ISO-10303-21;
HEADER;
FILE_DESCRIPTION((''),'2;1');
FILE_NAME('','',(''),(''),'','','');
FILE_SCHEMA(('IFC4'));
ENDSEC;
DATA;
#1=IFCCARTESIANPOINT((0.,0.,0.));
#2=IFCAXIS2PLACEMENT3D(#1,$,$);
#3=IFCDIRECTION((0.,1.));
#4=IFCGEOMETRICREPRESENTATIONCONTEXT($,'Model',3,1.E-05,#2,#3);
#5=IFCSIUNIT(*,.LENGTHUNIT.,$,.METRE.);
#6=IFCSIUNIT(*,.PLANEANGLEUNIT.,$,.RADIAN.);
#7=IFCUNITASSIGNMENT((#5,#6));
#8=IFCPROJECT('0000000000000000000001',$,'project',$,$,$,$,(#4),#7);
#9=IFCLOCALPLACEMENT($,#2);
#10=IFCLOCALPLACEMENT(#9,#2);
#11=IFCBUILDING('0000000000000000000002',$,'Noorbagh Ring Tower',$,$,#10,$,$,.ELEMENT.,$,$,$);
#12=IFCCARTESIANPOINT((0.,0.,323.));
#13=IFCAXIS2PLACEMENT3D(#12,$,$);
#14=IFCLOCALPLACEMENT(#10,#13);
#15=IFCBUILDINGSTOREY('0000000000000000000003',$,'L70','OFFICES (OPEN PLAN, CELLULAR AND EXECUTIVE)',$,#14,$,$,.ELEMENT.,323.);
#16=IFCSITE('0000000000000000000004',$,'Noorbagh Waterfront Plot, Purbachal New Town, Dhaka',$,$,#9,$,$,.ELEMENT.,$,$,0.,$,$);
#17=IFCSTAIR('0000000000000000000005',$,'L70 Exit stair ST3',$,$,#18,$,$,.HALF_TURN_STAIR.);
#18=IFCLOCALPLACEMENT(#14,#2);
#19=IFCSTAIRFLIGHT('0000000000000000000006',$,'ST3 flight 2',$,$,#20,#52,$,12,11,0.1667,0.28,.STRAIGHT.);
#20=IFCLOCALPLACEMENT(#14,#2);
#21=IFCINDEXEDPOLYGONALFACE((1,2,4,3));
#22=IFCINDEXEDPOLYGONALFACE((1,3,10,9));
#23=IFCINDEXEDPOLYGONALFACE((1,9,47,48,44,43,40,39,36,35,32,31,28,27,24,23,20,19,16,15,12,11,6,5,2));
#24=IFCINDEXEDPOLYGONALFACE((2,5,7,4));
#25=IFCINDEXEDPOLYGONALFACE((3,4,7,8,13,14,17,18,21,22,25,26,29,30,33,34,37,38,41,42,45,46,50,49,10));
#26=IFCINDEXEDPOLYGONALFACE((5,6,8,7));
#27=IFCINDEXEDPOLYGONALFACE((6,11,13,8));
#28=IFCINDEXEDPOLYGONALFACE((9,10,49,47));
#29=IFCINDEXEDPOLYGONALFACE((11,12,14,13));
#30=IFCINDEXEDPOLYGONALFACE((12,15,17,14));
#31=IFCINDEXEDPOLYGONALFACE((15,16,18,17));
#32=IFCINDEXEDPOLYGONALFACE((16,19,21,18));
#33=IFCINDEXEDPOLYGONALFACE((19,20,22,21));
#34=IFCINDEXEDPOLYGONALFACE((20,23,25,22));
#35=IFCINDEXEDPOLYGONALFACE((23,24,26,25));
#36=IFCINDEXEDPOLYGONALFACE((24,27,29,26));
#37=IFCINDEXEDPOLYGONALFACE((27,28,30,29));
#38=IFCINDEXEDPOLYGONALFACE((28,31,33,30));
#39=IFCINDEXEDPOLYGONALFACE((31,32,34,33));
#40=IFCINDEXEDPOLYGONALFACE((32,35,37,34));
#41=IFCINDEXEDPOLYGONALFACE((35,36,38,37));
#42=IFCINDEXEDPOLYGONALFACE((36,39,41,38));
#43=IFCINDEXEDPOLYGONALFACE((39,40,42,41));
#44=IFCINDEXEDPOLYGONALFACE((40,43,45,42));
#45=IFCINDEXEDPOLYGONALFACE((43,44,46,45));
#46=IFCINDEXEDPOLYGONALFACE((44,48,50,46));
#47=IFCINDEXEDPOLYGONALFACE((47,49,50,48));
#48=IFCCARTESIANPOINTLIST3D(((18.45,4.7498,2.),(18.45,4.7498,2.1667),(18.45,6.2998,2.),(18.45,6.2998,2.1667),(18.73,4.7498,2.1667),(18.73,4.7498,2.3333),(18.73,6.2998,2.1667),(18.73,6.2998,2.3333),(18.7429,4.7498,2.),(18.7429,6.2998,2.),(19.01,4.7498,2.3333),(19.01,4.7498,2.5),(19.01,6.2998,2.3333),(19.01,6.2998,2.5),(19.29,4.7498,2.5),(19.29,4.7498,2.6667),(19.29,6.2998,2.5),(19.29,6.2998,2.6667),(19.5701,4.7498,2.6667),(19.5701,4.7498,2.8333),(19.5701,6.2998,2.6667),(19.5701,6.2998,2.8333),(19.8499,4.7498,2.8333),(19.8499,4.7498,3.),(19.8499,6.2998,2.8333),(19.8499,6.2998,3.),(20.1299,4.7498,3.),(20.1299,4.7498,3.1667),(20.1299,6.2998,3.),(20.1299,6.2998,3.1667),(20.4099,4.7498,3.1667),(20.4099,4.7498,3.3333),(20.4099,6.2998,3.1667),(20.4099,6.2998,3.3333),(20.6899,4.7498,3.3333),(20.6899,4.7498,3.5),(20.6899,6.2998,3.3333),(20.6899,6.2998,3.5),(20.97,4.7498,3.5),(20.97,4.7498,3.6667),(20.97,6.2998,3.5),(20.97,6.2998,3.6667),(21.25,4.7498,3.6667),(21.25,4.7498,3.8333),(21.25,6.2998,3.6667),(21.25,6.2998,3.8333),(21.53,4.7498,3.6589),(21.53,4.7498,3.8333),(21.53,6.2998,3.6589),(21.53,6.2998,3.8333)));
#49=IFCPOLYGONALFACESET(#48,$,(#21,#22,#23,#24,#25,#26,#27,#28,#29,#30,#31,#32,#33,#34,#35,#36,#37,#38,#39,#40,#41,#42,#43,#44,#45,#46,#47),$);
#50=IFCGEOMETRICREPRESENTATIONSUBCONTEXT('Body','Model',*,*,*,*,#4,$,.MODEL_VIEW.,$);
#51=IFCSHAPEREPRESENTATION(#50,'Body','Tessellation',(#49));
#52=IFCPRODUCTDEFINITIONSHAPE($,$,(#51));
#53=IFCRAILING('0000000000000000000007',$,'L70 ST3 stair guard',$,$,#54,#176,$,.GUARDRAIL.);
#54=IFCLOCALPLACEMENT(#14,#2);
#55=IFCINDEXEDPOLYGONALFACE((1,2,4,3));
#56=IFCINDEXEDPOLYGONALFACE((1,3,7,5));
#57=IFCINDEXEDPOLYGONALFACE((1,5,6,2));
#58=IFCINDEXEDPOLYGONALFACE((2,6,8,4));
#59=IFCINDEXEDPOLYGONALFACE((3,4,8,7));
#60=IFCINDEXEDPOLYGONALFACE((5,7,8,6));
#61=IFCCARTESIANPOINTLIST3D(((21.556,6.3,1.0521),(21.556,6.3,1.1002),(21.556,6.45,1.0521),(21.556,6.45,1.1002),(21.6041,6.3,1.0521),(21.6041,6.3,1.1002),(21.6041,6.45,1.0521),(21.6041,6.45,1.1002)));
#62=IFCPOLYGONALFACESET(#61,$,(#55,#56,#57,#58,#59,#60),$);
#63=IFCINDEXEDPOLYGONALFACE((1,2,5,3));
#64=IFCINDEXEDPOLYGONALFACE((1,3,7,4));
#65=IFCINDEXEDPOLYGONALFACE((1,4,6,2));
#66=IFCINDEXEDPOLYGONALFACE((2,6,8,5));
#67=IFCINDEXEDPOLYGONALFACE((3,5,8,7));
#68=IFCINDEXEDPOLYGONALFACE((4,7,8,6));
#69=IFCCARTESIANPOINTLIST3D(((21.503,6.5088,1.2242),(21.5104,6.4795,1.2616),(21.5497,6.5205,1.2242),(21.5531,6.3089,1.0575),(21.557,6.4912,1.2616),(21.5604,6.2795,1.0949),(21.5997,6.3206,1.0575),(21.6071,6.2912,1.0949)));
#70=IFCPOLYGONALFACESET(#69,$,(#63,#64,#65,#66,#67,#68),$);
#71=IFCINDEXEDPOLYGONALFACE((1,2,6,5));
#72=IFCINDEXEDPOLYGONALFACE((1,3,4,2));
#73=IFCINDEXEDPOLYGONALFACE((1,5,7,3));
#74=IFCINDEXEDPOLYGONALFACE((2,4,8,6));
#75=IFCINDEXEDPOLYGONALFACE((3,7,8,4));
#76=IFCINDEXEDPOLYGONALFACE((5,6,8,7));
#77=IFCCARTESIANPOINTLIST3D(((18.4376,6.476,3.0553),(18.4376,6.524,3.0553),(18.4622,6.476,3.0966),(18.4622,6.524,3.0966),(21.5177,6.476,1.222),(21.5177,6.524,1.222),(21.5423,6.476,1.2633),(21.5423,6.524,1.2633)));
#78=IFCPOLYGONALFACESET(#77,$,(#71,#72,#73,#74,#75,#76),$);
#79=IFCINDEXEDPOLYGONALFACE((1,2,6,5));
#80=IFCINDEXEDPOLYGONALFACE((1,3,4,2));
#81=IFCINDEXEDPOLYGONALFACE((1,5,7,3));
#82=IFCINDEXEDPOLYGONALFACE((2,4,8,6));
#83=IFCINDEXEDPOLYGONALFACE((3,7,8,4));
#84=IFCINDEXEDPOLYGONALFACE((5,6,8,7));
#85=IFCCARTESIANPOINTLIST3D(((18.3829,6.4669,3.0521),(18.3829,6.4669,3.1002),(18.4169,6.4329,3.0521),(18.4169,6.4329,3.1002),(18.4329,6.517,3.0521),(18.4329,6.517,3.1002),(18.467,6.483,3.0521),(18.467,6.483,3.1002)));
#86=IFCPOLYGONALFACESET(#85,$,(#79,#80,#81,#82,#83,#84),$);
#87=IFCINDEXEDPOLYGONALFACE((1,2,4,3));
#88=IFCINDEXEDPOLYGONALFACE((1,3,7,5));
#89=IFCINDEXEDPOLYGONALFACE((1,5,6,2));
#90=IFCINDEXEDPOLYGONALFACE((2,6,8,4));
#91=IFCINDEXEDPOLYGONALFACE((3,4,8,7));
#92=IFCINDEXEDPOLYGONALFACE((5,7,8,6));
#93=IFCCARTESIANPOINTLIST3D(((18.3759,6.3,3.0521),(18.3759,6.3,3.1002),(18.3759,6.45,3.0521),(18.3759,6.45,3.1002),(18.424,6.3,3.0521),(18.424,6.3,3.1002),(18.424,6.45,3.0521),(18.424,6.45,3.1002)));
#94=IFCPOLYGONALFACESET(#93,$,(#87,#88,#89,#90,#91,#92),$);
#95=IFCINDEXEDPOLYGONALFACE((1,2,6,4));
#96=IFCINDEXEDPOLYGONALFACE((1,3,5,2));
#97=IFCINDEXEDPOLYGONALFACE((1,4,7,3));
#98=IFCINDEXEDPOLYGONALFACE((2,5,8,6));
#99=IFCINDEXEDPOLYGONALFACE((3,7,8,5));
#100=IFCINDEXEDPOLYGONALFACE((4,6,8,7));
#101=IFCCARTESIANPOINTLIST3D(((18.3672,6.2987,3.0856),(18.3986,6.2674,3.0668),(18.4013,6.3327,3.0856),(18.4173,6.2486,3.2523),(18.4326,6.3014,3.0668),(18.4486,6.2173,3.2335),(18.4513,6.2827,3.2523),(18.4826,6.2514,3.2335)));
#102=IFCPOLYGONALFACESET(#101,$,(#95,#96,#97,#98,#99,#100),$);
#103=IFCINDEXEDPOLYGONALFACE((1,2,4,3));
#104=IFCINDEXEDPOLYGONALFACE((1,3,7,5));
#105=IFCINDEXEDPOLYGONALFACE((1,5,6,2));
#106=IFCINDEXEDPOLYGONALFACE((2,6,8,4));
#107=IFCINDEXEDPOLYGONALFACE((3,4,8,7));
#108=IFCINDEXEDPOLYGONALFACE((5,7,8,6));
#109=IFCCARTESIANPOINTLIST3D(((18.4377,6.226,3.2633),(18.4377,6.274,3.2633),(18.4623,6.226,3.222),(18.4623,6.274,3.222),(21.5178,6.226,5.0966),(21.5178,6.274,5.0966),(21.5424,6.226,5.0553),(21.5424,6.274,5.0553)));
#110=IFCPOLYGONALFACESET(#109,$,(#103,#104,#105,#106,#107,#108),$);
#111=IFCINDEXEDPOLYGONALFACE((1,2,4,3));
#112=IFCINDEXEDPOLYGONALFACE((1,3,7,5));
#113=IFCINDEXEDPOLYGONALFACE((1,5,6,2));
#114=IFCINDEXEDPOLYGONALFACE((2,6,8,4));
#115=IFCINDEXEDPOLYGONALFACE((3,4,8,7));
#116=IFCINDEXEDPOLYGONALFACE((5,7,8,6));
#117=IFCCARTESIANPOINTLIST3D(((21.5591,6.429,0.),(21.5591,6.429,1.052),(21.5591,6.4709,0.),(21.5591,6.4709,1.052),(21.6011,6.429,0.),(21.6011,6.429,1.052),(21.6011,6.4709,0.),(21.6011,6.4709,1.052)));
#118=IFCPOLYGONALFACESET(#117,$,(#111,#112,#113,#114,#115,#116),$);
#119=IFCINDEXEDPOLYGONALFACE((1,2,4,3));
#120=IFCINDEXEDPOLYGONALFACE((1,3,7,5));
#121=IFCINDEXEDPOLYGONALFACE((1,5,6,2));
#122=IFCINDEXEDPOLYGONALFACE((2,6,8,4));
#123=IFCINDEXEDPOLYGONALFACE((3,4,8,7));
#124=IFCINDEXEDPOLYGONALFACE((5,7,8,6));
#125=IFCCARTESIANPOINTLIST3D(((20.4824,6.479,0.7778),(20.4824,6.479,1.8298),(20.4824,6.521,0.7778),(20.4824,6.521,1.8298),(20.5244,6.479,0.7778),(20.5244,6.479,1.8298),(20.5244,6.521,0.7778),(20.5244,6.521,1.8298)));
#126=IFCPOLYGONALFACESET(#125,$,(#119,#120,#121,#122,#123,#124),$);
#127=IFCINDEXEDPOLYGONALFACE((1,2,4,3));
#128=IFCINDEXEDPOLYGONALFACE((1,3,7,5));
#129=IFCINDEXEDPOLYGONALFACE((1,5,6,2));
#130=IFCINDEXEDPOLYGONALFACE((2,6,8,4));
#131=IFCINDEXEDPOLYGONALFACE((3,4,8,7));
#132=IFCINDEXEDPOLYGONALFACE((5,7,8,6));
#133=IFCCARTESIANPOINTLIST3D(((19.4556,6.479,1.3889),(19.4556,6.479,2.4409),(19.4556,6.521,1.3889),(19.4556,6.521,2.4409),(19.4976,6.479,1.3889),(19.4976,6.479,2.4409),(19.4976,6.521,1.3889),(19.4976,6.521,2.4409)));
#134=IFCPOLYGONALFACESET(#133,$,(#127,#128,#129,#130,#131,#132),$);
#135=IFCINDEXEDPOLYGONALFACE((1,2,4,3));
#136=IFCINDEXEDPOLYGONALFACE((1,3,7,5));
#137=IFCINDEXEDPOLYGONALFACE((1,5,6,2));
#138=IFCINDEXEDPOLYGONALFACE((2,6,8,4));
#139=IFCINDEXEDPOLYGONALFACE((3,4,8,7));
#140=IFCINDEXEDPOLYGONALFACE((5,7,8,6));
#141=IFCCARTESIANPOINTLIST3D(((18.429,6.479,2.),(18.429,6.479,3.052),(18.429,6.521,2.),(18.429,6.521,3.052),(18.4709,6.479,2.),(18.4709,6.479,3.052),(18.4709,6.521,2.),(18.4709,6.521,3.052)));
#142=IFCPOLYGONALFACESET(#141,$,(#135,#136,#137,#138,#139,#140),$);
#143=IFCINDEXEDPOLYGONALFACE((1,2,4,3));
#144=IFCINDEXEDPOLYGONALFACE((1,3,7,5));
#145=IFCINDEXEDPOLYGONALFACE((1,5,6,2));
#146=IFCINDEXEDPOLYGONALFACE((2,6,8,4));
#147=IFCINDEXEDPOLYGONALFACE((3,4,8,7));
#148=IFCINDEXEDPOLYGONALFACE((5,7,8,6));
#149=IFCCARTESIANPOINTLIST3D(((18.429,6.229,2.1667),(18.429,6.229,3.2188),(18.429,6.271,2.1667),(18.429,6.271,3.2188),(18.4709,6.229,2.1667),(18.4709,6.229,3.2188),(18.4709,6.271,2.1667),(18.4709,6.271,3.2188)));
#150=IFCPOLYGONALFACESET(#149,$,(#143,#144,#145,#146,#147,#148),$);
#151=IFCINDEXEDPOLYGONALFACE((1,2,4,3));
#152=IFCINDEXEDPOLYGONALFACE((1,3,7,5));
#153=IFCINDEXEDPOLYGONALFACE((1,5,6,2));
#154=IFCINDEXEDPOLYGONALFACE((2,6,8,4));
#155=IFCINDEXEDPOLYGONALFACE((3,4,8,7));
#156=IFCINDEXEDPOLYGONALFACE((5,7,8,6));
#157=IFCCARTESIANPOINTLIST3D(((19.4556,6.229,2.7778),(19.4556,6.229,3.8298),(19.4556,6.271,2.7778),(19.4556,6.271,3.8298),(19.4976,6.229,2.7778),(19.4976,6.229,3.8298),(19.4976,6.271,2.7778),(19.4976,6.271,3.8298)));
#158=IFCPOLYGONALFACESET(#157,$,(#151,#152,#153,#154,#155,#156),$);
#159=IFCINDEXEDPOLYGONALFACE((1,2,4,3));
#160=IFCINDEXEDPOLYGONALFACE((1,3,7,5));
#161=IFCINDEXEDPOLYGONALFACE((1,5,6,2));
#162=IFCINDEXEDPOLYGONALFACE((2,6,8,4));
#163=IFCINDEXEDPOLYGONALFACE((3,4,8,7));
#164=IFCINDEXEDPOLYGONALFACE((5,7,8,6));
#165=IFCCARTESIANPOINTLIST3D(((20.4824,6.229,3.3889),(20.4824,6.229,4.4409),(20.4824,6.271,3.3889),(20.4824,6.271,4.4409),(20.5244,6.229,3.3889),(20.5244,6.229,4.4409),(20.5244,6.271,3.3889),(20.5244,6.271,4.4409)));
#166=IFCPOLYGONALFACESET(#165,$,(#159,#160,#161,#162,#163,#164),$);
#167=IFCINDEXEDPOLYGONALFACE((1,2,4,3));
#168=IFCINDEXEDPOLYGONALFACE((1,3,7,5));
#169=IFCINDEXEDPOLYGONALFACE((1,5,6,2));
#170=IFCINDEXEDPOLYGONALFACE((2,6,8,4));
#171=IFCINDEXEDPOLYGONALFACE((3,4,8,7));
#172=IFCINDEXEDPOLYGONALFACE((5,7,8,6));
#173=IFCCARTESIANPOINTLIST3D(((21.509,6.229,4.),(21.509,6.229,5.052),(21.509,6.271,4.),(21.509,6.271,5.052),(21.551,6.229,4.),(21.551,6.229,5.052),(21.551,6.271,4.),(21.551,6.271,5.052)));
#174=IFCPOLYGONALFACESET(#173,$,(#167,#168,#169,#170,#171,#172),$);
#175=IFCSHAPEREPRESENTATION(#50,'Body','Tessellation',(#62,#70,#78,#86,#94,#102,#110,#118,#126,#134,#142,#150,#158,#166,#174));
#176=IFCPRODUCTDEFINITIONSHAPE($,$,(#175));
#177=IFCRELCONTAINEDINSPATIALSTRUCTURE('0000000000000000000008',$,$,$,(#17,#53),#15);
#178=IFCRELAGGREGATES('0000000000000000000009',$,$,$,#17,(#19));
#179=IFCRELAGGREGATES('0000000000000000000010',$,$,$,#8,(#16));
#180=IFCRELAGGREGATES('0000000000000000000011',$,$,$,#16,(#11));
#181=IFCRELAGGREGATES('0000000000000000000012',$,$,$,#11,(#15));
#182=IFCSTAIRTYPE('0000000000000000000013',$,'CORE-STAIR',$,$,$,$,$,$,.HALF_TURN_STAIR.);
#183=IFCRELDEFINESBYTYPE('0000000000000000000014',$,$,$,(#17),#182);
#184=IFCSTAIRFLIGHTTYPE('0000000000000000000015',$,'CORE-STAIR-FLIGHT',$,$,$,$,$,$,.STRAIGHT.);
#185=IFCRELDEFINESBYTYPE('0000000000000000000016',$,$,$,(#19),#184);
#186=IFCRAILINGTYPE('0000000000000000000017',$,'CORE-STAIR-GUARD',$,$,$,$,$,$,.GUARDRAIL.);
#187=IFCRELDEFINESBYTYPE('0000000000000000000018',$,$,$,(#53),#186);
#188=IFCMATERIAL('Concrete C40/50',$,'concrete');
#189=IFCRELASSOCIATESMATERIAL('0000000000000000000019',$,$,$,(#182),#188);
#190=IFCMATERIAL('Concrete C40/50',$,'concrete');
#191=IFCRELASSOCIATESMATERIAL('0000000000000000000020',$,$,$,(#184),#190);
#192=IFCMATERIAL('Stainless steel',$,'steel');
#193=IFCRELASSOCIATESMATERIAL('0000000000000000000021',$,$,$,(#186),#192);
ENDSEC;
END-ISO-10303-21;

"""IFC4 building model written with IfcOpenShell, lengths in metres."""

from ifc_helpers import new_model, si_unit, direction, frame, origin, origin_2d, place, context, subcontext, project, spatial, polyline, rectangle, outline, extrude, material, type_object, element, aggregate, save


model = new_model("IFC4")

# Units and contexts
model_context = context("Model", 3, precision=1e-05, world=origin(), true_north=direction((0.0, 1.0)))
body_context = subcontext(model_context, "Body", "Model", "MODEL_VIEW")
ifc_project = project(units=[si_unit("LENGTHUNIT", "METRE"), si_unit("PLANEANGLEUNIT", "RADIAN")], contexts=[model_context])

# Site, building, storey
site_placement = place(None, origin())
site = spatial("IfcSite", under=ifc_project, at=site_placement, Name="Noorbagh Waterfront Plot, Purbachal New Town, Dhaka", CompositionType="ELEMENT", RefElevation=0.0)
building_placement = place(site_placement, origin())
building = spatial("IfcBuilding", under=site, at=building_placement, Name="Noorbagh Ring Tower", CompositionType="ELEMENT")
storey_placement = place(building_placement, frame((0.0, 0.0, 323.0)))
storey = spatial("IfcBuildingStorey", under=building, at=storey_placement, Name="L70", Description="OFFICES (OPEN PLAN, CELLULAR AND EXECUTIVE)", CompositionType="ELEMENT", Elevation=323.0)

# Stair, stair flight
ifc_material_1 = material(Name="Concrete C40/50", Category="concrete")
stair_type = type_object("IfcStairType", Name="CORE-STAIR", PredefinedType="HALF_TURN_STAIR", material=ifc_material_1)
stair_placement = place(storey_placement, origin())
stair = element("IfcStair", 1, at=stair_placement, inside=storey, type_object=stair_type, Name="L70 Exit stair ST3", PredefinedType="HALF_TURN_STAIR")
ifc_material_2 = material(Name="Concrete C40/50", Category="concrete")
stair_flight_type = type_object("IfcStairFlightType", Name="CORE-STAIR-FLIGHT", PredefinedType="STRAIGHT", material=ifc_material_2)
stair_flight_1_placement = place(storey_placement, frame((18.45, 5.5249, 2.0), z_axis=(0.0, 0.0, 1.0), x_axis=(1.0, 0.0, 0.0)))
stair_flight_1 = element("IfcStairFlight", 2, at=stair_flight_1_placement, type_object=stair_flight_type, Name="ST3 flight 2", NumberOfRisers=12, NumberOfTreads=11, PredefinedType="STRAIGHT", RiserHeight=0.1667, TreadLength=0.28, context=body_context, shape_type="SweptSolid", body=[
    extrude(outline(polyline([(0.0, 0.0), (0.0, 0.1667), (0.28, 0.1667), (0.28, 0.3333), (0.5601, 0.3333), (0.5601, 0.5), (0.8401, 0.5), (0.8401, 0.6667), (1.1201, 0.6667), (1.1201, 0.8333), (1.3999, 0.8333), (1.3999, 1.0), (1.6799, 1.0), (1.6799, 1.1667), (1.96, 1.1667), (1.96, 1.3333), (2.24, 1.3333), (2.24, 1.5), (2.52, 1.5), (2.52, 1.6667), (2.8, 1.6667), (2.8, 1.8333), (3.0801, 1.8333), (3.0801, 2.0), (3.0801, 1.6589), (0.293, 0.0), (0.0, 0.0)])), frame((0.0, 0.7749, 0.0), z_axis=(0.0, -1.0, 0.0), x_axis=(1.0, 0.0, 0.0)), (0.0, 0.0, 1.0), 1.55),
])
aggregate(stair, [stair_flight_1])

# Railing
ifc_material_3 = material(Name="Stainless steel", Category="steel")
railing_type_1 = type_object("IfcRailingType", Name="CORE-STAIR-GUARD", PredefinedType="GUARDRAIL", material=ifc_material_3)
railing_1_placement = place(storey_placement, frame((21.5801, 6.45, 0.0)))
element("IfcRailing", 3, at=railing_1_placement, inside=storey, type_object=railing_type_1, Name="L70 ST3 stair guard", PredefinedType="GUARDRAIL", context=body_context, shape_type="SweptSolid", body=[
    extrude(rectangle(XDim=0.0481, YDim=0.0481, at=origin_2d()), frame((0.0, 0.0, 1.0762), z_axis=(0.0, -1.0, 0.0), x_axis=(1.0, 0.0, 0.0)), (0.0, 0.0, 1.0), 0.1499),
    extrude(rectangle(XDim=0.0481, YDim=0.0481, at=origin_2d()), frame((0.0, -0.1499, 1.0762), z_axis=(-0.188776, 0.754182, 0.628946), x_axis=(-0.970073, -0.242814, 0.0)), (0.0, 0.0, 1.0), 0.2651),
    extrude(rectangle(XDim=0.0481, YDim=0.0481, at=origin_2d()), frame((-0.05, 0.05, 1.2427), z_axis=(-0.859309, 0.0, 0.511458), x_axis=(0.0, -1.0, 0.0)), (0.0, 0.0, 1.0), 3.5845),
    extrude(rectangle(XDim=0.0481, YDim=0.0481, at=origin_2d()), frame((-3.1301, 0.05, 3.0762), z_axis=(-0.707107, -0.707107, 0.0), x_axis=(0.707107, -0.707107, 0.0)), (0.0, 0.0, 1.0), 0.0708),
    extrude(rectangle(XDim=0.0481, YDim=0.0481, at=origin_2d()), frame((-3.1802, 0.0, 3.0762), z_axis=(0.0, -1.0, 0.0), x_axis=(1.0, 0.0, 0.0)), (0.0, 0.0, 1.0), 0.1499),
    extrude(rectangle(XDim=0.0481, YDim=0.0481, at=origin_2d()), frame((-3.1802, -0.1499, 3.0762), z_axis=(0.276287, -0.276287, 0.920506), x_axis=(0.707107, 0.707107, 0.0)), (0.0, 0.0, 1.0), 0.1812),
    extrude(rectangle(XDim=0.0481, YDim=0.0481, at=origin_2d()), frame((-3.1301, -0.2, 3.2427), z_axis=(0.859309, 0.0, 0.511458), x_axis=(0.0, 1.0, 0.0)), (0.0, 0.0, 1.0), 3.5845),
    extrude(rectangle(XDim=0.042, YDim=0.042, at=origin_2d()), origin(), (0.0, 0.0, 1.0), 1.052),
    extrude(rectangle(XDim=0.042, YDim=0.042, at=origin_2d()), frame((-1.0767, 0.05, 0.7778)), (0.0, 0.0, 1.0), 1.052),
    extrude(rectangle(XDim=0.042, YDim=0.042, at=origin_2d()), frame((-2.1035, 0.05, 1.3889)), (0.0, 0.0, 1.0), 1.052),
    extrude(rectangle(XDim=0.042, YDim=0.042, at=origin_2d()), frame((-3.1301, 0.05, 2.0)), (0.0, 0.0, 1.0), 1.052),
    extrude(rectangle(XDim=0.042, YDim=0.042, at=origin_2d()), frame((-3.1301, -0.2, 2.1667)), (0.0, 0.0, 1.0), 1.052),
    extrude(rectangle(XDim=0.042, YDim=0.042, at=origin_2d()), frame((-2.1035, -0.2, 2.7778)), (0.0, 0.0, 1.0), 1.052),
    extrude(rectangle(XDim=0.042, YDim=0.042, at=origin_2d()), frame((-1.0767, -0.2, 3.3889)), (0.0, 0.0, 1.0), 1.052),
    extrude(rectangle(XDim=0.042, YDim=0.042, at=origin_2d()), frame((-0.05, -0.2, 4.0)), (0.0, 0.0, 1.0), 1.052),
])

save(model, "model.ifc")
